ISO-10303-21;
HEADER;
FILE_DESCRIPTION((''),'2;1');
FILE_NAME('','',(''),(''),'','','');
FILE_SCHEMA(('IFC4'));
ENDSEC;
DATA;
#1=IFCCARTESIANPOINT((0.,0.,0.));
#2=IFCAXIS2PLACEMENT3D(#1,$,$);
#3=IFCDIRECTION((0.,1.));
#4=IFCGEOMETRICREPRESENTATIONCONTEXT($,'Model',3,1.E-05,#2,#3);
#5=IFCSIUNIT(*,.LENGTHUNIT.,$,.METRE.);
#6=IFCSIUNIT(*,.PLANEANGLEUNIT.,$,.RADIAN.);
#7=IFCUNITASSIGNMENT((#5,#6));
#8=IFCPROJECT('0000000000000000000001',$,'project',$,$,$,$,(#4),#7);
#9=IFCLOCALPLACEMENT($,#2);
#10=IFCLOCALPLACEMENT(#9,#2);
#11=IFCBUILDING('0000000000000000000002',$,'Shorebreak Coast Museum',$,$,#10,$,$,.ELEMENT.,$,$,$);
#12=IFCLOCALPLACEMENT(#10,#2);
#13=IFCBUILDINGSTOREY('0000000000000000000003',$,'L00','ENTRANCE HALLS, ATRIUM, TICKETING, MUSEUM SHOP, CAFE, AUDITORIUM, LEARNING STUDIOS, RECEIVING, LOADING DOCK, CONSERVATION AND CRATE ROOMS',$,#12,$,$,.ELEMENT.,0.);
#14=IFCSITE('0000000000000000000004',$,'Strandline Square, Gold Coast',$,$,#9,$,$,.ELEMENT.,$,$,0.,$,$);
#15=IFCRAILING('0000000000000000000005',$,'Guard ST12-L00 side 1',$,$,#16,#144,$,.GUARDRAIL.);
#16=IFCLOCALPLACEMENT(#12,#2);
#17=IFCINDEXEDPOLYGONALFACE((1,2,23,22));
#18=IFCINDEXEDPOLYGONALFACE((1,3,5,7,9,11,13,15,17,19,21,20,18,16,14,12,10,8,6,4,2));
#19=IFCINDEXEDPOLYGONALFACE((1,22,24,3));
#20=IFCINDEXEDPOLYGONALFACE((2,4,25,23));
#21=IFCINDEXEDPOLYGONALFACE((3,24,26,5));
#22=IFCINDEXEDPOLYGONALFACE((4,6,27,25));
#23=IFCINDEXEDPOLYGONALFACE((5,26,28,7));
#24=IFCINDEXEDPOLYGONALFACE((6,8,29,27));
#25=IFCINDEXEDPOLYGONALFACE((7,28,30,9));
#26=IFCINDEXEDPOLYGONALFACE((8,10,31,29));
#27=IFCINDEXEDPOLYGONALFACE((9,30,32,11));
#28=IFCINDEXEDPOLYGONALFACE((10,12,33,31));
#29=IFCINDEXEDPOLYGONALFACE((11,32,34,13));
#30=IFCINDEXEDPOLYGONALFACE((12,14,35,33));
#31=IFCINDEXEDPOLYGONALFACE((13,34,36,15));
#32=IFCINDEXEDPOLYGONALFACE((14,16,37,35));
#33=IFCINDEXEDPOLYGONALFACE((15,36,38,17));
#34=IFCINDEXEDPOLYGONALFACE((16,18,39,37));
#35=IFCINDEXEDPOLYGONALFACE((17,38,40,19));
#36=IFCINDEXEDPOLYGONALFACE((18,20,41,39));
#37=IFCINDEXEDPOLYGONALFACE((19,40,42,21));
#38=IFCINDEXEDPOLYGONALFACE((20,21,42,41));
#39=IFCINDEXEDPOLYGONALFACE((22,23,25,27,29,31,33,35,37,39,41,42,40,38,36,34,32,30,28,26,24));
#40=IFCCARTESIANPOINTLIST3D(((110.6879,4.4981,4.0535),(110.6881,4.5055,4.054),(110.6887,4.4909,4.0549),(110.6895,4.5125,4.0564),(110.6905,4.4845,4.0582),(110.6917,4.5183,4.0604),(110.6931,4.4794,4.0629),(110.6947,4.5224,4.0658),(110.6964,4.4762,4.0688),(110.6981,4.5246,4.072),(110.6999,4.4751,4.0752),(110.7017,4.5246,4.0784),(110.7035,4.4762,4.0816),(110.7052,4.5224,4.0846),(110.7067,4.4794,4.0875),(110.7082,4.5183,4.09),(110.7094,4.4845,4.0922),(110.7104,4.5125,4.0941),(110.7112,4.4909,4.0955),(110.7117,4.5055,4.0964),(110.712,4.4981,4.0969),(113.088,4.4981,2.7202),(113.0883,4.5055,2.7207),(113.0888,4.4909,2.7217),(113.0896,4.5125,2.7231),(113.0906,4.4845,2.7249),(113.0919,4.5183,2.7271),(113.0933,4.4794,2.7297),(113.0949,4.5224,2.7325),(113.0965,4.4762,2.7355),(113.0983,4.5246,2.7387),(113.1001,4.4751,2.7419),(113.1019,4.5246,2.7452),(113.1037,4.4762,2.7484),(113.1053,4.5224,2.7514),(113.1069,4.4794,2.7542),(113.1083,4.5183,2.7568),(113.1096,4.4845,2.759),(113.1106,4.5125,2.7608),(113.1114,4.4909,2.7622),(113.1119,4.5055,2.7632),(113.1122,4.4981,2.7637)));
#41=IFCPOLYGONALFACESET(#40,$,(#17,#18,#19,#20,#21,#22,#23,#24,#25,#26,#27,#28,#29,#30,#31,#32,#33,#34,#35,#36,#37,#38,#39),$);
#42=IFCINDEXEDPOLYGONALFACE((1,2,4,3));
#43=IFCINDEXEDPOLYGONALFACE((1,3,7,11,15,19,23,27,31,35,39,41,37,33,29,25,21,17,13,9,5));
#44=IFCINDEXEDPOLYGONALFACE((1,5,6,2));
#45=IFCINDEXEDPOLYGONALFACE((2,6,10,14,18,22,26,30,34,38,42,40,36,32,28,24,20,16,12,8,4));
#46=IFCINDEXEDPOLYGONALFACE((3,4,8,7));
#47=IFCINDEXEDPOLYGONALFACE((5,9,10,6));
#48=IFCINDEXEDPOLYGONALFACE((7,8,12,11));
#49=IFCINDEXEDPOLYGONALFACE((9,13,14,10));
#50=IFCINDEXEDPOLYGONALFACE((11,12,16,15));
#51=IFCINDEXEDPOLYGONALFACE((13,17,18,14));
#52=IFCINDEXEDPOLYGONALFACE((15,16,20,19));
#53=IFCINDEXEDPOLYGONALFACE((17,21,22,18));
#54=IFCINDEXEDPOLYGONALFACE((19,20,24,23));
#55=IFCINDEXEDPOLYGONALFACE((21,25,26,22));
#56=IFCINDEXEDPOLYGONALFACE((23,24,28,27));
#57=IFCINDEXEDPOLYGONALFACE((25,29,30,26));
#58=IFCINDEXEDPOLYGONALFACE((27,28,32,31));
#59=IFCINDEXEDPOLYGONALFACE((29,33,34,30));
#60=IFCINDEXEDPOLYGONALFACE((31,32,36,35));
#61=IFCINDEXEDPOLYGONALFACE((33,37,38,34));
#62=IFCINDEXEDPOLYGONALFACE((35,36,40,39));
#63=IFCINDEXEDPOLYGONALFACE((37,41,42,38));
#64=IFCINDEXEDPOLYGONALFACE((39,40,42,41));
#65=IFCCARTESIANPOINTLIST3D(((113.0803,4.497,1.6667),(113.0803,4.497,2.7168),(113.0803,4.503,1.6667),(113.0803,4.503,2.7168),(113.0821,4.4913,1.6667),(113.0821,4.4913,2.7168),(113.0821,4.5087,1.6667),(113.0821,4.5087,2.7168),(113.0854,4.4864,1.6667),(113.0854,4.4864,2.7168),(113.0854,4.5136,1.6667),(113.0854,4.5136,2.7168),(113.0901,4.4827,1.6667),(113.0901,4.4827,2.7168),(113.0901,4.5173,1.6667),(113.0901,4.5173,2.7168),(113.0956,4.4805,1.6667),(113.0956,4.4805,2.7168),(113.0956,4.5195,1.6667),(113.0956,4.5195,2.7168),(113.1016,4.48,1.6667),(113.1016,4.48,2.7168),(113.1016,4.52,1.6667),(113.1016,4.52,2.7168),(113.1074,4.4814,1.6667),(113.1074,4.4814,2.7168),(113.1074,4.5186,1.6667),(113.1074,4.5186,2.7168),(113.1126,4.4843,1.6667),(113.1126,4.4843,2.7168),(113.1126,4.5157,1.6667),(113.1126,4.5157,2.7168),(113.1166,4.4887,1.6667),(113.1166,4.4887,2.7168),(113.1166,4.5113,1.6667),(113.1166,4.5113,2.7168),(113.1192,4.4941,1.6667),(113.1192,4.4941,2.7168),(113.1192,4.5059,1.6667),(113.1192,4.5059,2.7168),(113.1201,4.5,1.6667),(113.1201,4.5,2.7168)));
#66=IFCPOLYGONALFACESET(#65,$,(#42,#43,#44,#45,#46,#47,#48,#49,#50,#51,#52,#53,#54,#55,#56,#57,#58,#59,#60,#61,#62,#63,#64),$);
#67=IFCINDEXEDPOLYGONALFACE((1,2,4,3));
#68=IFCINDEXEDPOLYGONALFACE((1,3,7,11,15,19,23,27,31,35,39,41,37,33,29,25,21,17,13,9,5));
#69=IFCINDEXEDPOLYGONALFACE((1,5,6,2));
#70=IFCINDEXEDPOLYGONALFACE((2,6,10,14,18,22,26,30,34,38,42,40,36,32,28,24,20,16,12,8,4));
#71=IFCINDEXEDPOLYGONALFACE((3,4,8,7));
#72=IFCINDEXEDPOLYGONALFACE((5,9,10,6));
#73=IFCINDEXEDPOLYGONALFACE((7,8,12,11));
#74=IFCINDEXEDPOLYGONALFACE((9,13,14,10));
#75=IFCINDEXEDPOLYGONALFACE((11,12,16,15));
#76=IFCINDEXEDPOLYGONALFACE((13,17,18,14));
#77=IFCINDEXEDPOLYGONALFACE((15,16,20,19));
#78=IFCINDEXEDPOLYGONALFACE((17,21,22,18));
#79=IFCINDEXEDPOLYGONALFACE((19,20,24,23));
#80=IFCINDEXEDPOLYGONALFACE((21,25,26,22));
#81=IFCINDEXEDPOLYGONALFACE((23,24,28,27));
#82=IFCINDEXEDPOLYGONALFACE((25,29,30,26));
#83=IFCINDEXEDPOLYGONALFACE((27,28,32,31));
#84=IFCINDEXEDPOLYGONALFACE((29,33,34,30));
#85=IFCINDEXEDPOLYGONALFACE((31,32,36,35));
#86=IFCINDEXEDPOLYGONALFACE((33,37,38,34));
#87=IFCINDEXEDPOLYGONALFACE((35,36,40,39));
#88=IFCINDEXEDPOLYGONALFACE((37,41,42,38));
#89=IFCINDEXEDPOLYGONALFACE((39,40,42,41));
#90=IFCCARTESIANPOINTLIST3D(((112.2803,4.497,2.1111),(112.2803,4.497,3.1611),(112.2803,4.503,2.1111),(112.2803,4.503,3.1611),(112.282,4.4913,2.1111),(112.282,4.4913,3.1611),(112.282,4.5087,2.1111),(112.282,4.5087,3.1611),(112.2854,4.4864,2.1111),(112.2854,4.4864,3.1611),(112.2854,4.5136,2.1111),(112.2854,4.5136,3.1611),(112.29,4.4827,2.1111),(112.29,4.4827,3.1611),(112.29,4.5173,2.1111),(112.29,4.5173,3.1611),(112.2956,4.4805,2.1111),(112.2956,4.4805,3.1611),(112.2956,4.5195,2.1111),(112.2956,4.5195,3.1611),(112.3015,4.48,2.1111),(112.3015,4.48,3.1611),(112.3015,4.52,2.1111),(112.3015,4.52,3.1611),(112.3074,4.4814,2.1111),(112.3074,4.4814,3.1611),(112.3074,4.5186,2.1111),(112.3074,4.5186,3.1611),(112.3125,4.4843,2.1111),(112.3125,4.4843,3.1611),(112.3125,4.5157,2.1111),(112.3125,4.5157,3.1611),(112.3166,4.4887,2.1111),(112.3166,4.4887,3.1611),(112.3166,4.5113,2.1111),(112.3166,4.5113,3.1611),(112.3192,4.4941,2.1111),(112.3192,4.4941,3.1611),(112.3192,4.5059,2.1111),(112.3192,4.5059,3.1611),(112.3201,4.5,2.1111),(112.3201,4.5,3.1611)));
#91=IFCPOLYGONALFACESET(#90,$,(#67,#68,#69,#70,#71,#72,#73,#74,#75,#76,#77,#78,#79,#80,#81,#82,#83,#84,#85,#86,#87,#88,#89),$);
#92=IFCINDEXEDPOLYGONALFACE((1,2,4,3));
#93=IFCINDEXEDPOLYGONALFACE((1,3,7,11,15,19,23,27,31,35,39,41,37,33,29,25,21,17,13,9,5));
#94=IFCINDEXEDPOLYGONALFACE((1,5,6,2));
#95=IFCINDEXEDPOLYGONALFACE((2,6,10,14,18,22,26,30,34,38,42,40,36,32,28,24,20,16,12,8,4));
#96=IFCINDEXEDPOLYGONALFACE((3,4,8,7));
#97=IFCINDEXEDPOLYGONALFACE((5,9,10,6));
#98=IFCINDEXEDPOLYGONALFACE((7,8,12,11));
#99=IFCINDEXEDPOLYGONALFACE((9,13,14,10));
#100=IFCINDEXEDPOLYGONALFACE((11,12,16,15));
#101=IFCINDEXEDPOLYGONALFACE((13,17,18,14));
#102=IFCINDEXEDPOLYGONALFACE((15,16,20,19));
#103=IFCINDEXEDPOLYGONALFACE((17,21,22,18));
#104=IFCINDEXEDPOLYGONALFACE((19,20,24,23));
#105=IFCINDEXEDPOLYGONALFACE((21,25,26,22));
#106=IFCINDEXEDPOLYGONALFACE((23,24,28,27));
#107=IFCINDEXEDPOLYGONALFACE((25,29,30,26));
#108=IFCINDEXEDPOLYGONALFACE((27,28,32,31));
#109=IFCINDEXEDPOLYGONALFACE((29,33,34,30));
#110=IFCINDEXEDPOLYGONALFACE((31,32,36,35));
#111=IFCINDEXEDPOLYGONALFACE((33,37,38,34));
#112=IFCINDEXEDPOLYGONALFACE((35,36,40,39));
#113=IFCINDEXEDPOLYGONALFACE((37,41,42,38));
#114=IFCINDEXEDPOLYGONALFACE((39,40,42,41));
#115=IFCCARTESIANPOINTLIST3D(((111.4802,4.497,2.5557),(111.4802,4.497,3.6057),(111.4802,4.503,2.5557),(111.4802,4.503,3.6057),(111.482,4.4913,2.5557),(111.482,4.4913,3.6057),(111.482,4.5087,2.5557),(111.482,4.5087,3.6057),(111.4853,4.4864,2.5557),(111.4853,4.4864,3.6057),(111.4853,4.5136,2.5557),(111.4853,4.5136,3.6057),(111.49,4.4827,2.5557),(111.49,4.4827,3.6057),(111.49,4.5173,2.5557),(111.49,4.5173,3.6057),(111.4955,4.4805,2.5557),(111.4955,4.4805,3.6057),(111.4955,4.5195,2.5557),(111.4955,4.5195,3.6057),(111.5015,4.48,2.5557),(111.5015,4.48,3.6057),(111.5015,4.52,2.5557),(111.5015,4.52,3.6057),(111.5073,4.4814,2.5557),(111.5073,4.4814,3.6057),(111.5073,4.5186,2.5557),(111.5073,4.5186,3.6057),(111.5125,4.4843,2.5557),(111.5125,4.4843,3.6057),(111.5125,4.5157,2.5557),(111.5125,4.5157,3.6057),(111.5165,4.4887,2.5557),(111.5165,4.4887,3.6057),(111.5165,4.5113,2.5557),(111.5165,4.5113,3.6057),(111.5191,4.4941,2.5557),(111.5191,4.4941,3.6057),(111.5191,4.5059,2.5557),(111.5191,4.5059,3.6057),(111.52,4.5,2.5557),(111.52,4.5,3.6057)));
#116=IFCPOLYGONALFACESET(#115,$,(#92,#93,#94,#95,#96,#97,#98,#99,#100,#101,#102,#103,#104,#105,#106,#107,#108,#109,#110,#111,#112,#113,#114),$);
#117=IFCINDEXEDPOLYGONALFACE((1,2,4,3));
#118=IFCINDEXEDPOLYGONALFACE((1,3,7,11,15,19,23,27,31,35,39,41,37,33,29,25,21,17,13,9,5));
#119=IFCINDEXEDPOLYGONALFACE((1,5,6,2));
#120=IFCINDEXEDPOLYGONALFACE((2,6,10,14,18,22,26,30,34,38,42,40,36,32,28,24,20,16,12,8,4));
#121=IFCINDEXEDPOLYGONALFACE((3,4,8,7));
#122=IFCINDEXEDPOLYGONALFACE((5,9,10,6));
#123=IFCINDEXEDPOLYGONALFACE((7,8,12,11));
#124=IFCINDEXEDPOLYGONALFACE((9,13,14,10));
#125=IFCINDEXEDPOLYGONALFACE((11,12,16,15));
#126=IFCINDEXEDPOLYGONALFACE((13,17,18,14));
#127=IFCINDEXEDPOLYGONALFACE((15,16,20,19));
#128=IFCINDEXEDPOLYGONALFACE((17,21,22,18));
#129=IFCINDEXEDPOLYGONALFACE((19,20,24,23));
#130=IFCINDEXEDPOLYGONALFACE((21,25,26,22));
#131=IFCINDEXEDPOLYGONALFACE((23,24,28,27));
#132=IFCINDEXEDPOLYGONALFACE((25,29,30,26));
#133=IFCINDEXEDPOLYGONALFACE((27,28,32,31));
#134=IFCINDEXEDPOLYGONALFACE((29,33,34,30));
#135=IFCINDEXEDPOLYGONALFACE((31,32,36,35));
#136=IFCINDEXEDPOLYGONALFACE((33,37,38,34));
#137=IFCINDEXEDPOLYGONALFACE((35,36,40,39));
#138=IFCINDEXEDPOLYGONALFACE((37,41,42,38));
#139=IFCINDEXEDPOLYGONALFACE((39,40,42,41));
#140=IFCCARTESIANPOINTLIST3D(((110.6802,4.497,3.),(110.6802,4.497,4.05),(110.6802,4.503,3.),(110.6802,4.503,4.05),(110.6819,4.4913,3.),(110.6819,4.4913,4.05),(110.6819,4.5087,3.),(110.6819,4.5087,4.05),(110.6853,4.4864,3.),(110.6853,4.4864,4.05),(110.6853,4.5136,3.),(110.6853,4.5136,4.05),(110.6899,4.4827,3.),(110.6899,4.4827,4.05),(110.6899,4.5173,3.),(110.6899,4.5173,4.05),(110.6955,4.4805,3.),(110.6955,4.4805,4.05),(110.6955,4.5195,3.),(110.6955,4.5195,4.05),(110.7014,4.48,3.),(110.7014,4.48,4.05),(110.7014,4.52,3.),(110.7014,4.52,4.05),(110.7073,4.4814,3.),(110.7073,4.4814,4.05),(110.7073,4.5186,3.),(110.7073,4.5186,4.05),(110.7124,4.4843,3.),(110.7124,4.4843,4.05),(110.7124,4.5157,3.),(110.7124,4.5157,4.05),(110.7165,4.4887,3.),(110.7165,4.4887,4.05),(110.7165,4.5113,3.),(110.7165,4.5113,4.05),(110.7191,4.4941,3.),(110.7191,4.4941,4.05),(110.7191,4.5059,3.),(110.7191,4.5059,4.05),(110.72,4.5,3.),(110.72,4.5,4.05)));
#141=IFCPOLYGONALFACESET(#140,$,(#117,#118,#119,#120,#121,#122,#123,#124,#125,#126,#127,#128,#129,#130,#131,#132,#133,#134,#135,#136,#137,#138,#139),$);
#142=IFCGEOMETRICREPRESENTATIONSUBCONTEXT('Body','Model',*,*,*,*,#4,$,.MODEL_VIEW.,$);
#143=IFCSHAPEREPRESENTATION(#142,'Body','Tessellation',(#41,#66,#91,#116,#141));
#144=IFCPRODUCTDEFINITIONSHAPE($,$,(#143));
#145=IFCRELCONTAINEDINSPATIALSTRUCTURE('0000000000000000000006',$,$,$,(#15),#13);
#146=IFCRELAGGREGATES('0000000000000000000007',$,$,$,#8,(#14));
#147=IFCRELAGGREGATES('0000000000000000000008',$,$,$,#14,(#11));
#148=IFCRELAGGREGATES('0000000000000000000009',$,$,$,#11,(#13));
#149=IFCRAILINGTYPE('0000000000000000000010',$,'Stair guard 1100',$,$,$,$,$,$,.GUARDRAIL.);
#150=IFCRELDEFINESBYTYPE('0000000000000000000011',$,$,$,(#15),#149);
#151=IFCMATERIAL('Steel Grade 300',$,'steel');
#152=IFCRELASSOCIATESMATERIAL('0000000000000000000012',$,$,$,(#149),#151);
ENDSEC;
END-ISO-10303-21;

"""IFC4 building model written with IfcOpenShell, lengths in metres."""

from ifc_helpers import new_model, si_unit, direction, frame, origin, origin_2d, place, context, subcontext, project, spatial, circle, extrude, material, type_object, element, save


model = new_model("IFC4")

# Units and contexts
model_context = context("Model", 3, precision=1e-05, world=origin(), true_north=direction((0.0, 1.0)))
body_context = subcontext(model_context, "Body", "Model", "MODEL_VIEW")
ifc_project = project(units=[si_unit("LENGTHUNIT", "METRE"), si_unit("PLANEANGLEUNIT", "RADIAN")], contexts=[model_context])

# Site, building, storey
site_placement = place(None, origin())
site = spatial("IfcSite", under=ifc_project, at=site_placement, Name="Strandline Square, Gold Coast", CompositionType="ELEMENT", RefElevation=0.0)
building_placement = place(site_placement, origin())
building = spatial("IfcBuilding", under=site, at=building_placement, Name="Shorebreak Coast Museum", CompositionType="ELEMENT")
storey_placement = place(building_placement, origin())
storey = spatial("IfcBuildingStorey", under=building, at=storey_placement, Name="L00", Description="ENTRANCE HALLS, ATRIUM, TICKETING, MUSEUM SHOP, CAFE, AUDITORIUM, LEARNING STUDIOS, RECEIVING, LOADING DOCK, CONSERVATION AND CRATE ROOMS", CompositionType="ELEMENT", Elevation=0.0)

# Railing
ifc_material_1 = material(Name="Steel Grade 300", Category="steel")
railing_type_1 = type_object("IfcRailingType", Name="Stair guard 1100", PredefinedType="GUARDRAIL", material=ifc_material_1)
for number, where, name in (
    (1, (113.1001, 4.5, 1.6667), "Guard ST12-L00 side 1"),
):
    element("IfcRailing", number, at=place(storey_placement, frame(where)), inside=storey, type_object=railing_type_1, Name=name, PredefinedType="GUARDRAIL", context=body_context, shape_type="SweptSolid", body=[
        extrude(circle(Radius=0.0249, at=origin_2d()), frame((0.0, 0.0, 1.0752), z_axis=(-0.874182, 0.0, 0.485598), x_axis=(0.0, -1.0, 0.0)), (0.0, 0.0, 1.0), 2.7456),
        extrude(circle(Radius=0.02, at=origin_2d()), origin(), (0.0, 0.0, 1.0), 1.05),
        extrude(circle(Radius=0.02, at=origin_2d()), frame((-0.8, 0.0, 0.4443)), (0.0, 0.0, 1.0), 1.05),
        extrude(circle(Radius=0.02, at=origin_2d()), frame((-1.6001, 0.0, 0.8889)), (0.0, 0.0, 1.0), 1.05),
        extrude(circle(Radius=0.02, at=origin_2d()), frame((-2.4001, 0.0, 1.3333)), (0.0, 0.0, 1.0), 1.05),
    ])

save(model, "model.ifc")
